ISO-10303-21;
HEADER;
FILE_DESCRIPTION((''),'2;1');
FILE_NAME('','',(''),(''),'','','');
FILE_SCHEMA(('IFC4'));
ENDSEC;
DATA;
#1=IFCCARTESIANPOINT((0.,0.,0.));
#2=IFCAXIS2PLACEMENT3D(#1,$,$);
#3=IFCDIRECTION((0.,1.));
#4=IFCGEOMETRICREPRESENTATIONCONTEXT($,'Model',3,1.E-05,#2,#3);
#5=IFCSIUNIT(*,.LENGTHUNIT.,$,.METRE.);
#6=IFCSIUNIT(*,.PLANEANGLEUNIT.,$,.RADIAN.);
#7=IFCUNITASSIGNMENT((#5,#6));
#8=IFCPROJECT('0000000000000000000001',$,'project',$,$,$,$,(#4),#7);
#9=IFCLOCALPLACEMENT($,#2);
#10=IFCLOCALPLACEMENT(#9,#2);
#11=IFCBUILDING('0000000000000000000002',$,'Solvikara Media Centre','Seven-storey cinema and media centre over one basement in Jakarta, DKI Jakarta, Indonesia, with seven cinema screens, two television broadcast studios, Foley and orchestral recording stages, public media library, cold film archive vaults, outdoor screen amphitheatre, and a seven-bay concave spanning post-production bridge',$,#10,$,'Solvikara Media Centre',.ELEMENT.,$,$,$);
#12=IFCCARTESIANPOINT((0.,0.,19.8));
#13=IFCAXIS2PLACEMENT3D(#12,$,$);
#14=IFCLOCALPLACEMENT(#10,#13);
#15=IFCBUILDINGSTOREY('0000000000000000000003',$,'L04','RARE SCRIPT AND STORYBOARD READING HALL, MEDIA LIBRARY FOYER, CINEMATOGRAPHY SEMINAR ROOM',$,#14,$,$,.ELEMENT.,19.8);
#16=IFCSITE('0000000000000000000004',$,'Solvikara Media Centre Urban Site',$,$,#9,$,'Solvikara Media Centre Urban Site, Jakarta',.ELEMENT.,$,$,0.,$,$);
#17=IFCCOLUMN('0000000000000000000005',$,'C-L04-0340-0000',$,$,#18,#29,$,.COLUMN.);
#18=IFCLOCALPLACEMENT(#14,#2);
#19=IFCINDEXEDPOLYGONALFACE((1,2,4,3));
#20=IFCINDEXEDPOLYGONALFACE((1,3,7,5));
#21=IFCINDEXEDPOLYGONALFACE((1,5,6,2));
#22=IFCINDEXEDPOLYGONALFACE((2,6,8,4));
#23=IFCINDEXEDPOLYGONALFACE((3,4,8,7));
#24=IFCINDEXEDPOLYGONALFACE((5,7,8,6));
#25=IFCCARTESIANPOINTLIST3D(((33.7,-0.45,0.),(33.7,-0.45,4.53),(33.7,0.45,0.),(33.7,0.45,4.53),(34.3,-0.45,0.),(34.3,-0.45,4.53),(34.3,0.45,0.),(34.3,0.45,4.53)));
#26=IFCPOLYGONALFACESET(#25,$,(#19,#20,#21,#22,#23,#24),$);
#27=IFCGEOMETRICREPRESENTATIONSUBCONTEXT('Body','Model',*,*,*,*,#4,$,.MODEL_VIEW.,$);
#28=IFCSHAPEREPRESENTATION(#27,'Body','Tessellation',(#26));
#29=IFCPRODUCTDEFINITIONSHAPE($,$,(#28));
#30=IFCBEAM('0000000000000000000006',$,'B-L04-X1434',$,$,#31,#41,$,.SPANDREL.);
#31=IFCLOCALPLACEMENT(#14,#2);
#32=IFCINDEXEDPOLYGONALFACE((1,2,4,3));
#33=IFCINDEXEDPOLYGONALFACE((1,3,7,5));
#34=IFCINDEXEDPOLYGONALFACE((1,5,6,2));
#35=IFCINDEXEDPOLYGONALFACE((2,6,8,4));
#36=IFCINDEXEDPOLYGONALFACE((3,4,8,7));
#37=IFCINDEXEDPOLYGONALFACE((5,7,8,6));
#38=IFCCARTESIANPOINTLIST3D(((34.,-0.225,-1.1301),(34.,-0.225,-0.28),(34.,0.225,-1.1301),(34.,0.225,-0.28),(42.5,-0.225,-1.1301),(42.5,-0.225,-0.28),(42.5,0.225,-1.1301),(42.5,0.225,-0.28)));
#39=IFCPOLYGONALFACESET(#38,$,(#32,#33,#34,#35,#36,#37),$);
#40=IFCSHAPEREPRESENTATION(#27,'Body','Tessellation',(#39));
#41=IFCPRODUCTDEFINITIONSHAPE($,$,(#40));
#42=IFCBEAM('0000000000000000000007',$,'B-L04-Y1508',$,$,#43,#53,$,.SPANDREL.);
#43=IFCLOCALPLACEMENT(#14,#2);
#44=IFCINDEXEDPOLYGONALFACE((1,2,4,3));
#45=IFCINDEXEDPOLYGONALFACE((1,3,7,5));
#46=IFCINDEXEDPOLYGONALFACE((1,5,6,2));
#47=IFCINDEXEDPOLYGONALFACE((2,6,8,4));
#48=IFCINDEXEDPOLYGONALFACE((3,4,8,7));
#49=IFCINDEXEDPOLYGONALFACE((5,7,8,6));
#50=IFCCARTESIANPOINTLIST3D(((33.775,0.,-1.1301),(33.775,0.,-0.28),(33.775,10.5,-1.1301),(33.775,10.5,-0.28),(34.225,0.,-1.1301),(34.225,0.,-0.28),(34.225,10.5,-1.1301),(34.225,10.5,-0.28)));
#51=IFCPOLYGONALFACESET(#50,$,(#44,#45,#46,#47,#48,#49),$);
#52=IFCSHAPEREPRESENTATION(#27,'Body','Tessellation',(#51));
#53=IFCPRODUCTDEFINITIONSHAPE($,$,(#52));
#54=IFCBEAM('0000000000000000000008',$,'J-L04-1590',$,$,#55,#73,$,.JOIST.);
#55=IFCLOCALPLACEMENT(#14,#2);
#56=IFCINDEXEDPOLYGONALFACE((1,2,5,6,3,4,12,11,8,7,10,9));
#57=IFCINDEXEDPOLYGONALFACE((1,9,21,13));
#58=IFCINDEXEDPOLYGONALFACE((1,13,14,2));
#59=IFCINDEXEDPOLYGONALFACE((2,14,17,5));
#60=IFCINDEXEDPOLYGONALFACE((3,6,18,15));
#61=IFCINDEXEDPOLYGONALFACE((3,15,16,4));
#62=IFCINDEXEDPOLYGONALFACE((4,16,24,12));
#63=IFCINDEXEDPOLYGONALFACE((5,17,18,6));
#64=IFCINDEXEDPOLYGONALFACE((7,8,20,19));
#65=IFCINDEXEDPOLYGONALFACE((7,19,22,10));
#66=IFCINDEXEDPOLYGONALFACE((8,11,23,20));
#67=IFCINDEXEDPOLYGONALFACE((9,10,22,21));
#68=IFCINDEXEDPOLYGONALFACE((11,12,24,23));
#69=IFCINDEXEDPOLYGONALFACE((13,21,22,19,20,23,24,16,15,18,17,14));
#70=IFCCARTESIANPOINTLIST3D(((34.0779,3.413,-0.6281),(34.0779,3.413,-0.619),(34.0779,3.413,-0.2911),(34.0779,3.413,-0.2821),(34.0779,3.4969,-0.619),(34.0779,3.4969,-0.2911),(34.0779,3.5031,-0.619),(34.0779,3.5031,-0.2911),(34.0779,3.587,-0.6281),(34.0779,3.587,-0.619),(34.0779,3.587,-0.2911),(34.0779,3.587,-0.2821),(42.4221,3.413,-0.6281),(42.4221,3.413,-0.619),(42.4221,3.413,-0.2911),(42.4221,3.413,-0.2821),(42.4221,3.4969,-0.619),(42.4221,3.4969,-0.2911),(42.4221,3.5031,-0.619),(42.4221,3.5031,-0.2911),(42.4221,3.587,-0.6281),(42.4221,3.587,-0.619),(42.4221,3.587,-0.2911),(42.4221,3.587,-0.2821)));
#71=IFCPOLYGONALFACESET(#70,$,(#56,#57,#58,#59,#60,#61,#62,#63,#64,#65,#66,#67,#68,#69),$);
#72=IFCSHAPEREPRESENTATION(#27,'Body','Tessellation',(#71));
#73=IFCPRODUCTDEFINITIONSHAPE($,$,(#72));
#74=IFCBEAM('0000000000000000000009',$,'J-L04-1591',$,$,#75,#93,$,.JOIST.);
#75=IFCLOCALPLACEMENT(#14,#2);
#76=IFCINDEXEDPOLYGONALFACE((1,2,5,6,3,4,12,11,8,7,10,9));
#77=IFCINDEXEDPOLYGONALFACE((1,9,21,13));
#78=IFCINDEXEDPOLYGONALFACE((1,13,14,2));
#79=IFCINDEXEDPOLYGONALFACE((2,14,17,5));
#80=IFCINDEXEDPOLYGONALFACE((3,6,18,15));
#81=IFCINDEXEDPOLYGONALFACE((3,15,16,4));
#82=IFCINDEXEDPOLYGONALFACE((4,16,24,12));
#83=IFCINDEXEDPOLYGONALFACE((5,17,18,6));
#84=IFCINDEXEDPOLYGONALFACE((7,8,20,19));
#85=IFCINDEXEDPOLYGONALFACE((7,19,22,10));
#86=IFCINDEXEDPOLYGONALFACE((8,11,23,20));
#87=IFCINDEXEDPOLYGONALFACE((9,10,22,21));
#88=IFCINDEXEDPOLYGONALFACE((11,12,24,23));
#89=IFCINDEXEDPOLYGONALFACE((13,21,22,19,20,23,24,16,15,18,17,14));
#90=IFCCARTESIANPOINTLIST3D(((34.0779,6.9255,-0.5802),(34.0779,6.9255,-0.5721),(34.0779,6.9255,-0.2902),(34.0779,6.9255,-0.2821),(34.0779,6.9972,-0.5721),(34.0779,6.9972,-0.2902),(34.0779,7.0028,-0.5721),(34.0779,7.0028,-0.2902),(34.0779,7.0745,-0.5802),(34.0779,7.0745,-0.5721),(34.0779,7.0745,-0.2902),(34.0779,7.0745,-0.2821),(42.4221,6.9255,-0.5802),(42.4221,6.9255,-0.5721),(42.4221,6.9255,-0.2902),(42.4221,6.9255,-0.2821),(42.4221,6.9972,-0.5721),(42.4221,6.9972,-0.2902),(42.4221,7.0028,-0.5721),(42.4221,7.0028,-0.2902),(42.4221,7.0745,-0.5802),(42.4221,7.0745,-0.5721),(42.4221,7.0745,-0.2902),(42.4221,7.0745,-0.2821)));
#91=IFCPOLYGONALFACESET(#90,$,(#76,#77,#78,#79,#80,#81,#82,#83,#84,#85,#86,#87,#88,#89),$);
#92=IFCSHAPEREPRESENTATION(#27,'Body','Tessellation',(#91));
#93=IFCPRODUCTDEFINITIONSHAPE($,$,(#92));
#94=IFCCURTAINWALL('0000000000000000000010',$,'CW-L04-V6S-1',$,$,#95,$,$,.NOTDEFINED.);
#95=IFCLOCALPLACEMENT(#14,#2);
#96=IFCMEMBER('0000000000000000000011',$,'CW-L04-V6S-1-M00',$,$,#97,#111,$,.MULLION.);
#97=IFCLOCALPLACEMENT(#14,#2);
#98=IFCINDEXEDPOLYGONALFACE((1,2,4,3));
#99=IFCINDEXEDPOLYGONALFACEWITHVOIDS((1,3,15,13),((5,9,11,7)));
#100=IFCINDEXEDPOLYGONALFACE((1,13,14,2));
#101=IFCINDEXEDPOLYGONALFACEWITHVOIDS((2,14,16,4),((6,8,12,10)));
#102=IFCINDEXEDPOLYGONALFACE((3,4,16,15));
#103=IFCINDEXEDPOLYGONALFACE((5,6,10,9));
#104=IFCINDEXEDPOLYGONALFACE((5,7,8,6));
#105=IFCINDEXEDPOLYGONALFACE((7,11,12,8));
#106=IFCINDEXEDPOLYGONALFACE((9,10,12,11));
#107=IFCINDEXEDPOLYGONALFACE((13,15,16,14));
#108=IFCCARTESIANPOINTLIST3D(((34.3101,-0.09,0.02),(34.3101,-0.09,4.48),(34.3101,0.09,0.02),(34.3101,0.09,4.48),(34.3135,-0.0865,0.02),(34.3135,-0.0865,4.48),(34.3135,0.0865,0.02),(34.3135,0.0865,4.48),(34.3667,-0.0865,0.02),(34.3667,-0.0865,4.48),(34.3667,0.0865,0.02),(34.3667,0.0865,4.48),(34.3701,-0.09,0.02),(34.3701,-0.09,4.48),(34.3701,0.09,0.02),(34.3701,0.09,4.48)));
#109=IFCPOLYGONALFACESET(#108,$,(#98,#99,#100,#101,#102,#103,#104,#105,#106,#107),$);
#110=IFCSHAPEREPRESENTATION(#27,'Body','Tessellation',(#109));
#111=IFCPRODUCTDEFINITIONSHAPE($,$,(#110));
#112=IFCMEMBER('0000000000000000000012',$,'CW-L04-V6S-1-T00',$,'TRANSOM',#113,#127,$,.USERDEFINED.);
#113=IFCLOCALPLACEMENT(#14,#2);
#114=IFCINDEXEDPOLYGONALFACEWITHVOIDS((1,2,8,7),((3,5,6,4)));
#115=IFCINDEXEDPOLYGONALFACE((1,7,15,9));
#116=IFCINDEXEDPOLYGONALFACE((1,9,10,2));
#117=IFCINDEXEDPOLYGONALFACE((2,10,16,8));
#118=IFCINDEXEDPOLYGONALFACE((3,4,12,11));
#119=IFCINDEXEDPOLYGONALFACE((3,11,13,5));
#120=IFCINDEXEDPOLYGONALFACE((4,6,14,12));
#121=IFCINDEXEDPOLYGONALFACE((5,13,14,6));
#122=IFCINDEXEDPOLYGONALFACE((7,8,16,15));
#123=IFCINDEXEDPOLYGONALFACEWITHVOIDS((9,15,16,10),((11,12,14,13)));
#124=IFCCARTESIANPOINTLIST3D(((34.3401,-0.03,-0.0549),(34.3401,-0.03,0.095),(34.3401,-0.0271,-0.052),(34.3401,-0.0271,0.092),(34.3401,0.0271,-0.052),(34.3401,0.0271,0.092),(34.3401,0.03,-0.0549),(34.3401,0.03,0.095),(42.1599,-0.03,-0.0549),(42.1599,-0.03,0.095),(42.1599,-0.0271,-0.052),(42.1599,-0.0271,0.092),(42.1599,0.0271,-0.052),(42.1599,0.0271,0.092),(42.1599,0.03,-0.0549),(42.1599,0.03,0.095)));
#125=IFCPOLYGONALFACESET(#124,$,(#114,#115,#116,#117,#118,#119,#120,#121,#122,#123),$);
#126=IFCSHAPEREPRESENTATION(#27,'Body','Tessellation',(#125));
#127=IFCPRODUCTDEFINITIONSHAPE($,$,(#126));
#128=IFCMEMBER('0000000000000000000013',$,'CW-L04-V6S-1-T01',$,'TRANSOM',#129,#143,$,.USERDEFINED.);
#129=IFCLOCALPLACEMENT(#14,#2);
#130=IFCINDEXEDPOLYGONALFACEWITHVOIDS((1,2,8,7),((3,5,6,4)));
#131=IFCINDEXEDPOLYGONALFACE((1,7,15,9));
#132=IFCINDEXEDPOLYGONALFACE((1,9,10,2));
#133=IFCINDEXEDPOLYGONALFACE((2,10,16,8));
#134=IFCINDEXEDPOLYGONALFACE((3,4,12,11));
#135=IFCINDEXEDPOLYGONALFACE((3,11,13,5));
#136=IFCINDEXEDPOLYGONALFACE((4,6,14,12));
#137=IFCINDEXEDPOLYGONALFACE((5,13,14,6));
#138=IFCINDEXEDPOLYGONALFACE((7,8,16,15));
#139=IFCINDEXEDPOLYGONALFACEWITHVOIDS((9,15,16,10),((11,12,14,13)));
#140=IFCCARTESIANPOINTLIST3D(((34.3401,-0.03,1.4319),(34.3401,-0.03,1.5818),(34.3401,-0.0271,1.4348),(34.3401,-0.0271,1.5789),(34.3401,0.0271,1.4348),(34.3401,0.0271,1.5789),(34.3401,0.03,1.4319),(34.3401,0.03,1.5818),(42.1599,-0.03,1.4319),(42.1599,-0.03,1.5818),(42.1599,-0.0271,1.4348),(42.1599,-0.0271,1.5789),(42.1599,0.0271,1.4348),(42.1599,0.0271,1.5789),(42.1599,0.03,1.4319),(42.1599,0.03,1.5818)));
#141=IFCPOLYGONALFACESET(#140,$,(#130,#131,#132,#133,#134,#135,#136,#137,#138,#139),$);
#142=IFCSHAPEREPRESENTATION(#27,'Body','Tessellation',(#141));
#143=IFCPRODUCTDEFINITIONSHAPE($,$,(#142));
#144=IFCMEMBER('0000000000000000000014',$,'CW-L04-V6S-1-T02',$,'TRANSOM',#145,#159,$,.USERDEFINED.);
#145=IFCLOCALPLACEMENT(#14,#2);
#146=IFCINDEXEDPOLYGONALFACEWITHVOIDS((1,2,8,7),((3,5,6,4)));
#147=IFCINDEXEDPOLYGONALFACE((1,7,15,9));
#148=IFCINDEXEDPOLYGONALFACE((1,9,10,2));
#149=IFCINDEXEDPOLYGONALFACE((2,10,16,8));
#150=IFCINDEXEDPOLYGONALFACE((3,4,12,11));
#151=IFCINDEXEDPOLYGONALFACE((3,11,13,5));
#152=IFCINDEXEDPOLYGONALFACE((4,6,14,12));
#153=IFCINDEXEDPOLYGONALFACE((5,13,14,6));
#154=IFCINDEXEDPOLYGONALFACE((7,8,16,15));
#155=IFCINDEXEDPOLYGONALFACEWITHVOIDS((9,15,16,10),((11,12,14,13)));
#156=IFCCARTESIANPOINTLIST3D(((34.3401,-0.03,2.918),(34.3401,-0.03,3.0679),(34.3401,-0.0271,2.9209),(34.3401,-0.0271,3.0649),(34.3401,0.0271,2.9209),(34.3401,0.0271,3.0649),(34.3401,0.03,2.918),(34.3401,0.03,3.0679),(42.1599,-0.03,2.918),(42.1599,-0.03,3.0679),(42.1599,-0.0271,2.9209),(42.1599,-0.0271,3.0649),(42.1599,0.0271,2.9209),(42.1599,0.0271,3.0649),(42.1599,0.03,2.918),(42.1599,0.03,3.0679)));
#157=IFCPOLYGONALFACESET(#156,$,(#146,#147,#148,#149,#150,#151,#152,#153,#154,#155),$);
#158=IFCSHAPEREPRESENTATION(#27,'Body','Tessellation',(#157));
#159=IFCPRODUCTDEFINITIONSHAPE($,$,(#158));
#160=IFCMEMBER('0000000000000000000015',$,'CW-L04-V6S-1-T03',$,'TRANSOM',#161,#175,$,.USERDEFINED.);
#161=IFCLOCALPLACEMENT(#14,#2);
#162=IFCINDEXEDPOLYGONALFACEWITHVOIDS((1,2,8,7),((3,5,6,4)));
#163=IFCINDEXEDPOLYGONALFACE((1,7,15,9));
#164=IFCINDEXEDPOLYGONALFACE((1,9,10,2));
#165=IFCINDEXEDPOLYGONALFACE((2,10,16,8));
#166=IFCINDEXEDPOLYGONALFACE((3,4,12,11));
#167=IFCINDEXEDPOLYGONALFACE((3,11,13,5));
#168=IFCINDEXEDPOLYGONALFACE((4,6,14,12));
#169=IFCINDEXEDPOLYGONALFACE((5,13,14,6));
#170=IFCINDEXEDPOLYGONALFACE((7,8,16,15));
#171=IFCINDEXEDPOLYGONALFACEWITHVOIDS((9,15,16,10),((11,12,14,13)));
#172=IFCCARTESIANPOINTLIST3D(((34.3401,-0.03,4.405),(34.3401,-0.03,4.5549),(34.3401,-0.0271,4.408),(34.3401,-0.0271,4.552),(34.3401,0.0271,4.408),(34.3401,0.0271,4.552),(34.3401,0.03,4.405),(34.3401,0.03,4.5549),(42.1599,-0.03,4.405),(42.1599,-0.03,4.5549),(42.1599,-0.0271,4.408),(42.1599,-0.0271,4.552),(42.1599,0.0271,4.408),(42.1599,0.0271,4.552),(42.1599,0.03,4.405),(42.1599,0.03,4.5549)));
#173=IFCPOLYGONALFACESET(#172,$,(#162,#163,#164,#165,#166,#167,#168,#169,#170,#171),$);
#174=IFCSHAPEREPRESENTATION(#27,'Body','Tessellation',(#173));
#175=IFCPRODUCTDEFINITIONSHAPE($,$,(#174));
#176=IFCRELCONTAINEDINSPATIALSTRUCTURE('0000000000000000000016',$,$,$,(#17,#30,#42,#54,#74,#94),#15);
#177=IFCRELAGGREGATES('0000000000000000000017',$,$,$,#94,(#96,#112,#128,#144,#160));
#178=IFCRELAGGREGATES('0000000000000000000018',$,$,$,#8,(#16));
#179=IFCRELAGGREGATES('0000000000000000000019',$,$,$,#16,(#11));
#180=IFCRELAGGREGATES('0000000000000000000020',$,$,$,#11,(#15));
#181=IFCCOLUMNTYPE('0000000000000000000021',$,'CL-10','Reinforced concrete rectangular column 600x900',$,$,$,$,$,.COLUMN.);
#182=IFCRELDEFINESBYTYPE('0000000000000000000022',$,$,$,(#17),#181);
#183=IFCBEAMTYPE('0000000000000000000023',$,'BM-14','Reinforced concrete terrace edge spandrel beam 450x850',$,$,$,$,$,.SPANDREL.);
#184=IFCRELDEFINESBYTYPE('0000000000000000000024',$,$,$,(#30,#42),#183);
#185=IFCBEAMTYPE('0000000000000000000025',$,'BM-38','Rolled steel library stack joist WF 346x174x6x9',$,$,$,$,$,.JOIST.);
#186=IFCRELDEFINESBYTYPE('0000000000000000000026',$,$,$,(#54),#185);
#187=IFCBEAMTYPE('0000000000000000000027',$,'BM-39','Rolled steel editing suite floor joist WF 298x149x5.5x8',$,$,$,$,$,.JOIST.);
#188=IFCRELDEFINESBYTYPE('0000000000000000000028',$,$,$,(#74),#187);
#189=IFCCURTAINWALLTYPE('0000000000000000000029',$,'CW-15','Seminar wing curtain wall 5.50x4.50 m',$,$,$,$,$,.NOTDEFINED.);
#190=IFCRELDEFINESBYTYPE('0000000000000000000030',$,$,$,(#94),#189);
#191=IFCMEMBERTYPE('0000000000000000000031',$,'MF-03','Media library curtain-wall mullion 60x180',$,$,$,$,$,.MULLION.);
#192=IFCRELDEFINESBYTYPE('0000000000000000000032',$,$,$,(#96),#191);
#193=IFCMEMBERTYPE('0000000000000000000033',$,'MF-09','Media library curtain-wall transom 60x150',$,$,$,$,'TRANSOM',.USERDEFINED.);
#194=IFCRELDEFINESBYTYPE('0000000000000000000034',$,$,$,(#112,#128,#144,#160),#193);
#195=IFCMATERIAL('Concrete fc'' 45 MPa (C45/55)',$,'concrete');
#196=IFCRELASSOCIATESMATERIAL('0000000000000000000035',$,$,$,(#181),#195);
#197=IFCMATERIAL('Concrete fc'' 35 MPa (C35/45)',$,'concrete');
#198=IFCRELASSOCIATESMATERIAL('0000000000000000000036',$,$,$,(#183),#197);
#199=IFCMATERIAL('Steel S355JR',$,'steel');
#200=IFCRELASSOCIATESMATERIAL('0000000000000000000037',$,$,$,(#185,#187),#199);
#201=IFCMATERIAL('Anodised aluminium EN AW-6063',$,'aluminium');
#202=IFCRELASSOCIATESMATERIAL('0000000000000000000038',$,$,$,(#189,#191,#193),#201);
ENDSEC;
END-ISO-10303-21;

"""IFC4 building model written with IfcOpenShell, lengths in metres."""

from ifc_helpers import new_model, si_unit, direction, frame, origin, origin_2d, place, context, subcontext, project, spatial, rectangle, hollow_rectangle, i_section, extrude, material, material_profile, profile_set, type_object, element, aggregate, save


model = new_model("IFC4")

# Units and contexts
model_context = context("Model", 3, precision=1e-05, world=origin(), true_north=direction((0.0, 1.0)))
body_context = subcontext(model_context, "Body", "Model", "MODEL_VIEW")
ifc_project = project(units=[si_unit("LENGTHUNIT", "METRE"), si_unit("PLANEANGLEUNIT", "RADIAN")], contexts=[model_context])

# Site, building, storey
site_placement = place(None, origin())
site = spatial("IfcSite", under=ifc_project, at=site_placement, Name="Solvikara Media Centre Urban Site", LongName="Solvikara Media Centre Urban Site, Jakarta", CompositionType="ELEMENT", RefElevation=0.0)
building_placement = place(site_placement, origin())
building = spatial("IfcBuilding", under=site, at=building_placement, Name="Solvikara Media Centre", Description="Seven-storey cinema and media centre over one basement in Jakarta, DKI Jakarta, Indonesia, with seven cinema screens, two television broadcast studios, Foley and orchestral recording stages, public media library, cold film archive vaults, outdoor screen amphitheatre, and a seven-bay concave spanning post-production bridge", LongName="Solvikara Media Centre", CompositionType="ELEMENT")
storey_placement = place(building_placement, frame((0.0, 0.0, 19.8)))
storey = spatial("IfcBuildingStorey", under=building, at=storey_placement, Name="L04", Description="RARE SCRIPT AND STORYBOARD READING HALL, MEDIA LIBRARY FOYER, CINEMATOGRAPHY SEMINAR ROOM", CompositionType="ELEMENT", Elevation=19.8)

# Column
ifc_material_1 = material(Name="Concrete fc' 45 MPa (C45/55)", Category="concrete")
ifc_material_profile_1 = material_profile(ifc_material_1, rectangle(XDim=0.6001, YDim=0.8999, at=origin_2d()), Name="RC 600x900")
ifc_profile_set_1 = profile_set([ifc_material_profile_1], Name="Concrete fc' 45 MPa (C45/55)")
column_type = type_object("IfcColumnType", Name="CL-10", Description="Reinforced concrete rectangular column 600x900", PredefinedType="COLUMN", material=ifc_profile_set_1)
column_placement = place(storey_placement, frame((34.0, 0.0, 0.0), z_axis=(0.0, 0.0, 1.0), x_axis=(1.0, 0.0, 0.0)))
element("IfcColumn", 1, at=column_placement, inside=storey, type_object=column_type, Name="C-L04-0340-0000", PredefinedType="COLUMN", context=body_context, shape_type="SweptSolid", body=[
    extrude(rectangle(XDim=0.6001, YDim=0.8999, at=origin_2d()), origin(), (0.0, 0.0, 1.0), 4.53),
])

# Beams
ifc_material_2 = material(Name="Concrete fc' 35 MPa (C35/45)", Category="concrete")
ifc_material_profile_2 = material_profile(ifc_material_2, rectangle(XDim=0.45, YDim=0.8501, at=origin_2d()), Name="RC 450x850")
ifc_profile_set_2 = profile_set([ifc_material_profile_2], Name="Concrete fc' 35 MPa (C35/45)")
beam_type_1 = type_object("IfcBeamType", Name="BM-14", Description="Reinforced concrete terrace edge spandrel beam 450x850", PredefinedType="SPANDREL", material=ifc_profile_set_2)
beam_1_placement = place(storey_placement, frame((34.0, 0.0, -0.7051), z_axis=(1.0, 0.0, 0.0), x_axis=(0.0, 1.0, 0.0)))
element("IfcBeam", 2, at=beam_1_placement, inside=storey, type_object=beam_type_1, Name="B-L04-X1434", PredefinedType="SPANDREL", context=body_context, shape_type="SweptSolid", body=[
    extrude(rectangle(XDim=0.45, YDim=0.8501, at=origin_2d()), origin(), (0.0, 0.0, 1.0), 8.5),
])
beam_2_placement = place(storey_placement, frame((34.0, 0.0, -0.7051), z_axis=(0.0, 1.0, 0.0), x_axis=(-1.0, 0.0, 0.0)))
element("IfcBeam", 3, at=beam_2_placement, inside=storey, type_object=beam_type_1, Name="B-L04-Y1508", PredefinedType="SPANDREL", context=body_context, shape_type="SweptSolid", body=[
    extrude(rectangle(XDim=0.45, YDim=0.8501, at=origin_2d()), origin(), (0.0, 0.0, 1.0), 10.5),
])
ifc_material_3 = material(Name="Steel S355JR", Category="steel")
ifc_material_profile_3 = material_profile(ifc_material_3, i_section(OverallWidth=0.1741, OverallDepth=0.3459, WebThickness=0.0061, FlangeThickness=0.009, at=origin_2d()), Name="WF 346x174x6x9")
ifc_profile_set_3 = profile_set([ifc_material_profile_3], Name="Steel S355JR")
beam_type_2 = type_object("IfcBeamType", Name="BM-38", Description="Rolled steel library stack joist WF 346x174x6x9", PredefinedType="JOIST", material=ifc_profile_set_3)
beam_3_placement = place(storey_placement, frame((34.0779, 3.5, -0.4551), z_axis=(1.0, 0.0, 0.0), x_axis=(0.0, 1.0, 0.0)))
element("IfcBeam", 4, at=beam_3_placement, inside=storey, type_object=beam_type_2, Name="J-L04-1590", PredefinedType="JOIST", context=body_context, shape_type="SweptSolid", body=[
    extrude(i_section(OverallWidth=0.1741, OverallDepth=0.3459, WebThickness=0.0061, FlangeThickness=0.009, at=origin_2d()), origin(), (0.0, 0.0, 1.0), 8.3442),
])
ifc_material_profile_4 = material_profile(ifc_material_3, i_section(OverallWidth=0.1489, OverallDepth=0.2981, WebThickness=0.0056, FlangeThickness=0.0081, at=origin_2d()), Name="WF 298x149x5.5x8")
ifc_profile_set_4 = profile_set([ifc_material_profile_4], Name="Steel S355JR")
beam_type_3 = type_object("IfcBeamType", Name="BM-39", Description="Rolled steel editing suite floor joist WF 298x149x5.5x8", PredefinedType="JOIST", material=ifc_profile_set_4)
beam_4_placement = place(storey_placement, frame((34.0779, 7.0, -0.4312), z_axis=(1.0, 0.0, 0.0), x_axis=(0.0, 1.0, 0.0)))
element("IfcBeam", 5, at=beam_4_placement, inside=storey, type_object=beam_type_3, Name="J-L04-1591", PredefinedType="JOIST", context=body_context, shape_type="SweptSolid", body=[
    extrude(i_section(OverallWidth=0.1489, OverallDepth=0.2981, WebThickness=0.0056, FlangeThickness=0.0081, at=origin_2d()), origin(), (0.0, 0.0, 1.0), 8.3442),
])

# Curtain wall, members
ifc_material_4 = material(Name="Anodised aluminium EN AW-6063", Category="aluminium")
curtain_wall_type = type_object("IfcCurtainWallType", Name="CW-15", Description="Seminar wing curtain wall 5.50x4.50 m", PredefinedType="NOTDEFINED", material=ifc_material_4)
curtain_wall_placement = place(storey_placement, origin())
curtain_wall = element("IfcCurtainWall", 6, at=curtain_wall_placement, inside=storey, type_object=curtain_wall_type, Name="CW-L04-V6S-1", PredefinedType="NOTDEFINED")
ifc_material_profile_5 = material_profile(ifc_material_4, hollow_rectangle(XDim=0.0601, YDim=0.1799, WallThickness=0.0034, at=origin_2d()), Name="ALU-M 60x180x3.5")
ifc_profile_set_5 = profile_set([ifc_material_profile_5], Name="Anodised aluminium EN AW-6063")
member_type_1 = type_object("IfcMemberType", Name="MF-03", Description="Media library curtain-wall mullion 60x180", PredefinedType="MULLION", material=ifc_profile_set_5)
member_1_placement = place(storey_placement, frame((34.3401, 0.0, 0.02), z_axis=(0.0, 0.0, 1.0), x_axis=(1.0, 0.0, 0.0)))
member_1 = element("IfcMember", 7, at=member_1_placement, type_object=member_type_1, Name="CW-L04-V6S-1-M00", PredefinedType="MULLION", context=body_context, shape_type="SweptSolid", body=[
    extrude(hollow_rectangle(XDim=0.0601, YDim=0.1799, WallThickness=0.0034, at=origin_2d()), origin(), (0.0, 0.0, 1.0), 4.46),
])
ifc_material_profile_6 = material_profile(ifc_material_4, hollow_rectangle(XDim=0.0601, YDim=0.1499, WallThickness=0.0029, at=origin_2d()), Name="ALU-T 60x150x3")
ifc_profile_set_6 = profile_set([ifc_material_profile_6], Name="Anodised aluminium EN AW-6063")
member_type_2 = type_object("IfcMemberType", Name="MF-09", Description="Media library curtain-wall transom 60x150", ElementType="TRANSOM", PredefinedType="USERDEFINED", material=ifc_profile_set_6)
member_2_placement = place(storey_placement, frame((34.3401, 0.0, 0.02), z_axis=(1.0, 0.0, 0.0), x_axis=(0.0, 1.0, 0.0)))
member_2 = element("IfcMember", 8, at=member_2_placement, type_object=member_type_2, Name="CW-L04-V6S-1-T00", ObjectType="TRANSOM", PredefinedType="USERDEFINED", context=body_context, shape_type="SweptSolid", body=[
    extrude(hollow_rectangle(XDim=0.0601, YDim=0.1499, WallThickness=0.0029, at=origin_2d()), origin(), (0.0, 0.0, 1.0), 7.8198),
])
member_3_placement = place(storey_placement, frame((34.3401, 0.0, 1.5068), z_axis=(1.0, 0.0, 0.0), x_axis=(0.0, 1.0, 0.0)))
member_3 = element("IfcMember", 9, at=member_3_placement, type_object=member_type_2, Name="CW-L04-V6S-1-T01", ObjectType="TRANSOM", PredefinedType="USERDEFINED", context=body_context, shape_type="SweptSolid", body=[
    extrude(hollow_rectangle(XDim=0.0601, YDim=0.1499, WallThickness=0.0029, at=origin_2d()), origin(), (0.0, 0.0, 1.0), 7.8198),
])
member_4_placement = place(storey_placement, frame((34.3401, 0.0, 2.9929), z_axis=(1.0, 0.0, 0.0), x_axis=(0.0, 1.0, 0.0)))
member_4 = element("IfcMember", 10, at=member_4_placement, type_object=member_type_2, Name="CW-L04-V6S-1-T02", ObjectType="TRANSOM", PredefinedType="USERDEFINED", context=body_context, shape_type="SweptSolid", body=[
    extrude(hollow_rectangle(XDim=0.0601, YDim=0.1499, WallThickness=0.0029, at=origin_2d()), origin(), (0.0, 0.0, 1.0), 7.8198),
])
member_5_placement = place(storey_placement, frame((34.3401, 0.0, 4.48), z_axis=(1.0, 0.0, 0.0), x_axis=(0.0, 1.0, 0.0)))
member_5 = element("IfcMember", 11, at=member_5_placement, type_object=member_type_2, Name="CW-L04-V6S-1-T03", ObjectType="TRANSOM", PredefinedType="USERDEFINED", context=body_context, shape_type="SweptSolid", body=[
    extrude(hollow_rectangle(XDim=0.0601, YDim=0.1499, WallThickness=0.0029, at=origin_2d()), origin(), (0.0, 0.0, 1.0), 7.8198),
])

aggregate(curtain_wall, [member_1, member_2, member_3, member_4, member_5])

save(model, "model.ifc")
